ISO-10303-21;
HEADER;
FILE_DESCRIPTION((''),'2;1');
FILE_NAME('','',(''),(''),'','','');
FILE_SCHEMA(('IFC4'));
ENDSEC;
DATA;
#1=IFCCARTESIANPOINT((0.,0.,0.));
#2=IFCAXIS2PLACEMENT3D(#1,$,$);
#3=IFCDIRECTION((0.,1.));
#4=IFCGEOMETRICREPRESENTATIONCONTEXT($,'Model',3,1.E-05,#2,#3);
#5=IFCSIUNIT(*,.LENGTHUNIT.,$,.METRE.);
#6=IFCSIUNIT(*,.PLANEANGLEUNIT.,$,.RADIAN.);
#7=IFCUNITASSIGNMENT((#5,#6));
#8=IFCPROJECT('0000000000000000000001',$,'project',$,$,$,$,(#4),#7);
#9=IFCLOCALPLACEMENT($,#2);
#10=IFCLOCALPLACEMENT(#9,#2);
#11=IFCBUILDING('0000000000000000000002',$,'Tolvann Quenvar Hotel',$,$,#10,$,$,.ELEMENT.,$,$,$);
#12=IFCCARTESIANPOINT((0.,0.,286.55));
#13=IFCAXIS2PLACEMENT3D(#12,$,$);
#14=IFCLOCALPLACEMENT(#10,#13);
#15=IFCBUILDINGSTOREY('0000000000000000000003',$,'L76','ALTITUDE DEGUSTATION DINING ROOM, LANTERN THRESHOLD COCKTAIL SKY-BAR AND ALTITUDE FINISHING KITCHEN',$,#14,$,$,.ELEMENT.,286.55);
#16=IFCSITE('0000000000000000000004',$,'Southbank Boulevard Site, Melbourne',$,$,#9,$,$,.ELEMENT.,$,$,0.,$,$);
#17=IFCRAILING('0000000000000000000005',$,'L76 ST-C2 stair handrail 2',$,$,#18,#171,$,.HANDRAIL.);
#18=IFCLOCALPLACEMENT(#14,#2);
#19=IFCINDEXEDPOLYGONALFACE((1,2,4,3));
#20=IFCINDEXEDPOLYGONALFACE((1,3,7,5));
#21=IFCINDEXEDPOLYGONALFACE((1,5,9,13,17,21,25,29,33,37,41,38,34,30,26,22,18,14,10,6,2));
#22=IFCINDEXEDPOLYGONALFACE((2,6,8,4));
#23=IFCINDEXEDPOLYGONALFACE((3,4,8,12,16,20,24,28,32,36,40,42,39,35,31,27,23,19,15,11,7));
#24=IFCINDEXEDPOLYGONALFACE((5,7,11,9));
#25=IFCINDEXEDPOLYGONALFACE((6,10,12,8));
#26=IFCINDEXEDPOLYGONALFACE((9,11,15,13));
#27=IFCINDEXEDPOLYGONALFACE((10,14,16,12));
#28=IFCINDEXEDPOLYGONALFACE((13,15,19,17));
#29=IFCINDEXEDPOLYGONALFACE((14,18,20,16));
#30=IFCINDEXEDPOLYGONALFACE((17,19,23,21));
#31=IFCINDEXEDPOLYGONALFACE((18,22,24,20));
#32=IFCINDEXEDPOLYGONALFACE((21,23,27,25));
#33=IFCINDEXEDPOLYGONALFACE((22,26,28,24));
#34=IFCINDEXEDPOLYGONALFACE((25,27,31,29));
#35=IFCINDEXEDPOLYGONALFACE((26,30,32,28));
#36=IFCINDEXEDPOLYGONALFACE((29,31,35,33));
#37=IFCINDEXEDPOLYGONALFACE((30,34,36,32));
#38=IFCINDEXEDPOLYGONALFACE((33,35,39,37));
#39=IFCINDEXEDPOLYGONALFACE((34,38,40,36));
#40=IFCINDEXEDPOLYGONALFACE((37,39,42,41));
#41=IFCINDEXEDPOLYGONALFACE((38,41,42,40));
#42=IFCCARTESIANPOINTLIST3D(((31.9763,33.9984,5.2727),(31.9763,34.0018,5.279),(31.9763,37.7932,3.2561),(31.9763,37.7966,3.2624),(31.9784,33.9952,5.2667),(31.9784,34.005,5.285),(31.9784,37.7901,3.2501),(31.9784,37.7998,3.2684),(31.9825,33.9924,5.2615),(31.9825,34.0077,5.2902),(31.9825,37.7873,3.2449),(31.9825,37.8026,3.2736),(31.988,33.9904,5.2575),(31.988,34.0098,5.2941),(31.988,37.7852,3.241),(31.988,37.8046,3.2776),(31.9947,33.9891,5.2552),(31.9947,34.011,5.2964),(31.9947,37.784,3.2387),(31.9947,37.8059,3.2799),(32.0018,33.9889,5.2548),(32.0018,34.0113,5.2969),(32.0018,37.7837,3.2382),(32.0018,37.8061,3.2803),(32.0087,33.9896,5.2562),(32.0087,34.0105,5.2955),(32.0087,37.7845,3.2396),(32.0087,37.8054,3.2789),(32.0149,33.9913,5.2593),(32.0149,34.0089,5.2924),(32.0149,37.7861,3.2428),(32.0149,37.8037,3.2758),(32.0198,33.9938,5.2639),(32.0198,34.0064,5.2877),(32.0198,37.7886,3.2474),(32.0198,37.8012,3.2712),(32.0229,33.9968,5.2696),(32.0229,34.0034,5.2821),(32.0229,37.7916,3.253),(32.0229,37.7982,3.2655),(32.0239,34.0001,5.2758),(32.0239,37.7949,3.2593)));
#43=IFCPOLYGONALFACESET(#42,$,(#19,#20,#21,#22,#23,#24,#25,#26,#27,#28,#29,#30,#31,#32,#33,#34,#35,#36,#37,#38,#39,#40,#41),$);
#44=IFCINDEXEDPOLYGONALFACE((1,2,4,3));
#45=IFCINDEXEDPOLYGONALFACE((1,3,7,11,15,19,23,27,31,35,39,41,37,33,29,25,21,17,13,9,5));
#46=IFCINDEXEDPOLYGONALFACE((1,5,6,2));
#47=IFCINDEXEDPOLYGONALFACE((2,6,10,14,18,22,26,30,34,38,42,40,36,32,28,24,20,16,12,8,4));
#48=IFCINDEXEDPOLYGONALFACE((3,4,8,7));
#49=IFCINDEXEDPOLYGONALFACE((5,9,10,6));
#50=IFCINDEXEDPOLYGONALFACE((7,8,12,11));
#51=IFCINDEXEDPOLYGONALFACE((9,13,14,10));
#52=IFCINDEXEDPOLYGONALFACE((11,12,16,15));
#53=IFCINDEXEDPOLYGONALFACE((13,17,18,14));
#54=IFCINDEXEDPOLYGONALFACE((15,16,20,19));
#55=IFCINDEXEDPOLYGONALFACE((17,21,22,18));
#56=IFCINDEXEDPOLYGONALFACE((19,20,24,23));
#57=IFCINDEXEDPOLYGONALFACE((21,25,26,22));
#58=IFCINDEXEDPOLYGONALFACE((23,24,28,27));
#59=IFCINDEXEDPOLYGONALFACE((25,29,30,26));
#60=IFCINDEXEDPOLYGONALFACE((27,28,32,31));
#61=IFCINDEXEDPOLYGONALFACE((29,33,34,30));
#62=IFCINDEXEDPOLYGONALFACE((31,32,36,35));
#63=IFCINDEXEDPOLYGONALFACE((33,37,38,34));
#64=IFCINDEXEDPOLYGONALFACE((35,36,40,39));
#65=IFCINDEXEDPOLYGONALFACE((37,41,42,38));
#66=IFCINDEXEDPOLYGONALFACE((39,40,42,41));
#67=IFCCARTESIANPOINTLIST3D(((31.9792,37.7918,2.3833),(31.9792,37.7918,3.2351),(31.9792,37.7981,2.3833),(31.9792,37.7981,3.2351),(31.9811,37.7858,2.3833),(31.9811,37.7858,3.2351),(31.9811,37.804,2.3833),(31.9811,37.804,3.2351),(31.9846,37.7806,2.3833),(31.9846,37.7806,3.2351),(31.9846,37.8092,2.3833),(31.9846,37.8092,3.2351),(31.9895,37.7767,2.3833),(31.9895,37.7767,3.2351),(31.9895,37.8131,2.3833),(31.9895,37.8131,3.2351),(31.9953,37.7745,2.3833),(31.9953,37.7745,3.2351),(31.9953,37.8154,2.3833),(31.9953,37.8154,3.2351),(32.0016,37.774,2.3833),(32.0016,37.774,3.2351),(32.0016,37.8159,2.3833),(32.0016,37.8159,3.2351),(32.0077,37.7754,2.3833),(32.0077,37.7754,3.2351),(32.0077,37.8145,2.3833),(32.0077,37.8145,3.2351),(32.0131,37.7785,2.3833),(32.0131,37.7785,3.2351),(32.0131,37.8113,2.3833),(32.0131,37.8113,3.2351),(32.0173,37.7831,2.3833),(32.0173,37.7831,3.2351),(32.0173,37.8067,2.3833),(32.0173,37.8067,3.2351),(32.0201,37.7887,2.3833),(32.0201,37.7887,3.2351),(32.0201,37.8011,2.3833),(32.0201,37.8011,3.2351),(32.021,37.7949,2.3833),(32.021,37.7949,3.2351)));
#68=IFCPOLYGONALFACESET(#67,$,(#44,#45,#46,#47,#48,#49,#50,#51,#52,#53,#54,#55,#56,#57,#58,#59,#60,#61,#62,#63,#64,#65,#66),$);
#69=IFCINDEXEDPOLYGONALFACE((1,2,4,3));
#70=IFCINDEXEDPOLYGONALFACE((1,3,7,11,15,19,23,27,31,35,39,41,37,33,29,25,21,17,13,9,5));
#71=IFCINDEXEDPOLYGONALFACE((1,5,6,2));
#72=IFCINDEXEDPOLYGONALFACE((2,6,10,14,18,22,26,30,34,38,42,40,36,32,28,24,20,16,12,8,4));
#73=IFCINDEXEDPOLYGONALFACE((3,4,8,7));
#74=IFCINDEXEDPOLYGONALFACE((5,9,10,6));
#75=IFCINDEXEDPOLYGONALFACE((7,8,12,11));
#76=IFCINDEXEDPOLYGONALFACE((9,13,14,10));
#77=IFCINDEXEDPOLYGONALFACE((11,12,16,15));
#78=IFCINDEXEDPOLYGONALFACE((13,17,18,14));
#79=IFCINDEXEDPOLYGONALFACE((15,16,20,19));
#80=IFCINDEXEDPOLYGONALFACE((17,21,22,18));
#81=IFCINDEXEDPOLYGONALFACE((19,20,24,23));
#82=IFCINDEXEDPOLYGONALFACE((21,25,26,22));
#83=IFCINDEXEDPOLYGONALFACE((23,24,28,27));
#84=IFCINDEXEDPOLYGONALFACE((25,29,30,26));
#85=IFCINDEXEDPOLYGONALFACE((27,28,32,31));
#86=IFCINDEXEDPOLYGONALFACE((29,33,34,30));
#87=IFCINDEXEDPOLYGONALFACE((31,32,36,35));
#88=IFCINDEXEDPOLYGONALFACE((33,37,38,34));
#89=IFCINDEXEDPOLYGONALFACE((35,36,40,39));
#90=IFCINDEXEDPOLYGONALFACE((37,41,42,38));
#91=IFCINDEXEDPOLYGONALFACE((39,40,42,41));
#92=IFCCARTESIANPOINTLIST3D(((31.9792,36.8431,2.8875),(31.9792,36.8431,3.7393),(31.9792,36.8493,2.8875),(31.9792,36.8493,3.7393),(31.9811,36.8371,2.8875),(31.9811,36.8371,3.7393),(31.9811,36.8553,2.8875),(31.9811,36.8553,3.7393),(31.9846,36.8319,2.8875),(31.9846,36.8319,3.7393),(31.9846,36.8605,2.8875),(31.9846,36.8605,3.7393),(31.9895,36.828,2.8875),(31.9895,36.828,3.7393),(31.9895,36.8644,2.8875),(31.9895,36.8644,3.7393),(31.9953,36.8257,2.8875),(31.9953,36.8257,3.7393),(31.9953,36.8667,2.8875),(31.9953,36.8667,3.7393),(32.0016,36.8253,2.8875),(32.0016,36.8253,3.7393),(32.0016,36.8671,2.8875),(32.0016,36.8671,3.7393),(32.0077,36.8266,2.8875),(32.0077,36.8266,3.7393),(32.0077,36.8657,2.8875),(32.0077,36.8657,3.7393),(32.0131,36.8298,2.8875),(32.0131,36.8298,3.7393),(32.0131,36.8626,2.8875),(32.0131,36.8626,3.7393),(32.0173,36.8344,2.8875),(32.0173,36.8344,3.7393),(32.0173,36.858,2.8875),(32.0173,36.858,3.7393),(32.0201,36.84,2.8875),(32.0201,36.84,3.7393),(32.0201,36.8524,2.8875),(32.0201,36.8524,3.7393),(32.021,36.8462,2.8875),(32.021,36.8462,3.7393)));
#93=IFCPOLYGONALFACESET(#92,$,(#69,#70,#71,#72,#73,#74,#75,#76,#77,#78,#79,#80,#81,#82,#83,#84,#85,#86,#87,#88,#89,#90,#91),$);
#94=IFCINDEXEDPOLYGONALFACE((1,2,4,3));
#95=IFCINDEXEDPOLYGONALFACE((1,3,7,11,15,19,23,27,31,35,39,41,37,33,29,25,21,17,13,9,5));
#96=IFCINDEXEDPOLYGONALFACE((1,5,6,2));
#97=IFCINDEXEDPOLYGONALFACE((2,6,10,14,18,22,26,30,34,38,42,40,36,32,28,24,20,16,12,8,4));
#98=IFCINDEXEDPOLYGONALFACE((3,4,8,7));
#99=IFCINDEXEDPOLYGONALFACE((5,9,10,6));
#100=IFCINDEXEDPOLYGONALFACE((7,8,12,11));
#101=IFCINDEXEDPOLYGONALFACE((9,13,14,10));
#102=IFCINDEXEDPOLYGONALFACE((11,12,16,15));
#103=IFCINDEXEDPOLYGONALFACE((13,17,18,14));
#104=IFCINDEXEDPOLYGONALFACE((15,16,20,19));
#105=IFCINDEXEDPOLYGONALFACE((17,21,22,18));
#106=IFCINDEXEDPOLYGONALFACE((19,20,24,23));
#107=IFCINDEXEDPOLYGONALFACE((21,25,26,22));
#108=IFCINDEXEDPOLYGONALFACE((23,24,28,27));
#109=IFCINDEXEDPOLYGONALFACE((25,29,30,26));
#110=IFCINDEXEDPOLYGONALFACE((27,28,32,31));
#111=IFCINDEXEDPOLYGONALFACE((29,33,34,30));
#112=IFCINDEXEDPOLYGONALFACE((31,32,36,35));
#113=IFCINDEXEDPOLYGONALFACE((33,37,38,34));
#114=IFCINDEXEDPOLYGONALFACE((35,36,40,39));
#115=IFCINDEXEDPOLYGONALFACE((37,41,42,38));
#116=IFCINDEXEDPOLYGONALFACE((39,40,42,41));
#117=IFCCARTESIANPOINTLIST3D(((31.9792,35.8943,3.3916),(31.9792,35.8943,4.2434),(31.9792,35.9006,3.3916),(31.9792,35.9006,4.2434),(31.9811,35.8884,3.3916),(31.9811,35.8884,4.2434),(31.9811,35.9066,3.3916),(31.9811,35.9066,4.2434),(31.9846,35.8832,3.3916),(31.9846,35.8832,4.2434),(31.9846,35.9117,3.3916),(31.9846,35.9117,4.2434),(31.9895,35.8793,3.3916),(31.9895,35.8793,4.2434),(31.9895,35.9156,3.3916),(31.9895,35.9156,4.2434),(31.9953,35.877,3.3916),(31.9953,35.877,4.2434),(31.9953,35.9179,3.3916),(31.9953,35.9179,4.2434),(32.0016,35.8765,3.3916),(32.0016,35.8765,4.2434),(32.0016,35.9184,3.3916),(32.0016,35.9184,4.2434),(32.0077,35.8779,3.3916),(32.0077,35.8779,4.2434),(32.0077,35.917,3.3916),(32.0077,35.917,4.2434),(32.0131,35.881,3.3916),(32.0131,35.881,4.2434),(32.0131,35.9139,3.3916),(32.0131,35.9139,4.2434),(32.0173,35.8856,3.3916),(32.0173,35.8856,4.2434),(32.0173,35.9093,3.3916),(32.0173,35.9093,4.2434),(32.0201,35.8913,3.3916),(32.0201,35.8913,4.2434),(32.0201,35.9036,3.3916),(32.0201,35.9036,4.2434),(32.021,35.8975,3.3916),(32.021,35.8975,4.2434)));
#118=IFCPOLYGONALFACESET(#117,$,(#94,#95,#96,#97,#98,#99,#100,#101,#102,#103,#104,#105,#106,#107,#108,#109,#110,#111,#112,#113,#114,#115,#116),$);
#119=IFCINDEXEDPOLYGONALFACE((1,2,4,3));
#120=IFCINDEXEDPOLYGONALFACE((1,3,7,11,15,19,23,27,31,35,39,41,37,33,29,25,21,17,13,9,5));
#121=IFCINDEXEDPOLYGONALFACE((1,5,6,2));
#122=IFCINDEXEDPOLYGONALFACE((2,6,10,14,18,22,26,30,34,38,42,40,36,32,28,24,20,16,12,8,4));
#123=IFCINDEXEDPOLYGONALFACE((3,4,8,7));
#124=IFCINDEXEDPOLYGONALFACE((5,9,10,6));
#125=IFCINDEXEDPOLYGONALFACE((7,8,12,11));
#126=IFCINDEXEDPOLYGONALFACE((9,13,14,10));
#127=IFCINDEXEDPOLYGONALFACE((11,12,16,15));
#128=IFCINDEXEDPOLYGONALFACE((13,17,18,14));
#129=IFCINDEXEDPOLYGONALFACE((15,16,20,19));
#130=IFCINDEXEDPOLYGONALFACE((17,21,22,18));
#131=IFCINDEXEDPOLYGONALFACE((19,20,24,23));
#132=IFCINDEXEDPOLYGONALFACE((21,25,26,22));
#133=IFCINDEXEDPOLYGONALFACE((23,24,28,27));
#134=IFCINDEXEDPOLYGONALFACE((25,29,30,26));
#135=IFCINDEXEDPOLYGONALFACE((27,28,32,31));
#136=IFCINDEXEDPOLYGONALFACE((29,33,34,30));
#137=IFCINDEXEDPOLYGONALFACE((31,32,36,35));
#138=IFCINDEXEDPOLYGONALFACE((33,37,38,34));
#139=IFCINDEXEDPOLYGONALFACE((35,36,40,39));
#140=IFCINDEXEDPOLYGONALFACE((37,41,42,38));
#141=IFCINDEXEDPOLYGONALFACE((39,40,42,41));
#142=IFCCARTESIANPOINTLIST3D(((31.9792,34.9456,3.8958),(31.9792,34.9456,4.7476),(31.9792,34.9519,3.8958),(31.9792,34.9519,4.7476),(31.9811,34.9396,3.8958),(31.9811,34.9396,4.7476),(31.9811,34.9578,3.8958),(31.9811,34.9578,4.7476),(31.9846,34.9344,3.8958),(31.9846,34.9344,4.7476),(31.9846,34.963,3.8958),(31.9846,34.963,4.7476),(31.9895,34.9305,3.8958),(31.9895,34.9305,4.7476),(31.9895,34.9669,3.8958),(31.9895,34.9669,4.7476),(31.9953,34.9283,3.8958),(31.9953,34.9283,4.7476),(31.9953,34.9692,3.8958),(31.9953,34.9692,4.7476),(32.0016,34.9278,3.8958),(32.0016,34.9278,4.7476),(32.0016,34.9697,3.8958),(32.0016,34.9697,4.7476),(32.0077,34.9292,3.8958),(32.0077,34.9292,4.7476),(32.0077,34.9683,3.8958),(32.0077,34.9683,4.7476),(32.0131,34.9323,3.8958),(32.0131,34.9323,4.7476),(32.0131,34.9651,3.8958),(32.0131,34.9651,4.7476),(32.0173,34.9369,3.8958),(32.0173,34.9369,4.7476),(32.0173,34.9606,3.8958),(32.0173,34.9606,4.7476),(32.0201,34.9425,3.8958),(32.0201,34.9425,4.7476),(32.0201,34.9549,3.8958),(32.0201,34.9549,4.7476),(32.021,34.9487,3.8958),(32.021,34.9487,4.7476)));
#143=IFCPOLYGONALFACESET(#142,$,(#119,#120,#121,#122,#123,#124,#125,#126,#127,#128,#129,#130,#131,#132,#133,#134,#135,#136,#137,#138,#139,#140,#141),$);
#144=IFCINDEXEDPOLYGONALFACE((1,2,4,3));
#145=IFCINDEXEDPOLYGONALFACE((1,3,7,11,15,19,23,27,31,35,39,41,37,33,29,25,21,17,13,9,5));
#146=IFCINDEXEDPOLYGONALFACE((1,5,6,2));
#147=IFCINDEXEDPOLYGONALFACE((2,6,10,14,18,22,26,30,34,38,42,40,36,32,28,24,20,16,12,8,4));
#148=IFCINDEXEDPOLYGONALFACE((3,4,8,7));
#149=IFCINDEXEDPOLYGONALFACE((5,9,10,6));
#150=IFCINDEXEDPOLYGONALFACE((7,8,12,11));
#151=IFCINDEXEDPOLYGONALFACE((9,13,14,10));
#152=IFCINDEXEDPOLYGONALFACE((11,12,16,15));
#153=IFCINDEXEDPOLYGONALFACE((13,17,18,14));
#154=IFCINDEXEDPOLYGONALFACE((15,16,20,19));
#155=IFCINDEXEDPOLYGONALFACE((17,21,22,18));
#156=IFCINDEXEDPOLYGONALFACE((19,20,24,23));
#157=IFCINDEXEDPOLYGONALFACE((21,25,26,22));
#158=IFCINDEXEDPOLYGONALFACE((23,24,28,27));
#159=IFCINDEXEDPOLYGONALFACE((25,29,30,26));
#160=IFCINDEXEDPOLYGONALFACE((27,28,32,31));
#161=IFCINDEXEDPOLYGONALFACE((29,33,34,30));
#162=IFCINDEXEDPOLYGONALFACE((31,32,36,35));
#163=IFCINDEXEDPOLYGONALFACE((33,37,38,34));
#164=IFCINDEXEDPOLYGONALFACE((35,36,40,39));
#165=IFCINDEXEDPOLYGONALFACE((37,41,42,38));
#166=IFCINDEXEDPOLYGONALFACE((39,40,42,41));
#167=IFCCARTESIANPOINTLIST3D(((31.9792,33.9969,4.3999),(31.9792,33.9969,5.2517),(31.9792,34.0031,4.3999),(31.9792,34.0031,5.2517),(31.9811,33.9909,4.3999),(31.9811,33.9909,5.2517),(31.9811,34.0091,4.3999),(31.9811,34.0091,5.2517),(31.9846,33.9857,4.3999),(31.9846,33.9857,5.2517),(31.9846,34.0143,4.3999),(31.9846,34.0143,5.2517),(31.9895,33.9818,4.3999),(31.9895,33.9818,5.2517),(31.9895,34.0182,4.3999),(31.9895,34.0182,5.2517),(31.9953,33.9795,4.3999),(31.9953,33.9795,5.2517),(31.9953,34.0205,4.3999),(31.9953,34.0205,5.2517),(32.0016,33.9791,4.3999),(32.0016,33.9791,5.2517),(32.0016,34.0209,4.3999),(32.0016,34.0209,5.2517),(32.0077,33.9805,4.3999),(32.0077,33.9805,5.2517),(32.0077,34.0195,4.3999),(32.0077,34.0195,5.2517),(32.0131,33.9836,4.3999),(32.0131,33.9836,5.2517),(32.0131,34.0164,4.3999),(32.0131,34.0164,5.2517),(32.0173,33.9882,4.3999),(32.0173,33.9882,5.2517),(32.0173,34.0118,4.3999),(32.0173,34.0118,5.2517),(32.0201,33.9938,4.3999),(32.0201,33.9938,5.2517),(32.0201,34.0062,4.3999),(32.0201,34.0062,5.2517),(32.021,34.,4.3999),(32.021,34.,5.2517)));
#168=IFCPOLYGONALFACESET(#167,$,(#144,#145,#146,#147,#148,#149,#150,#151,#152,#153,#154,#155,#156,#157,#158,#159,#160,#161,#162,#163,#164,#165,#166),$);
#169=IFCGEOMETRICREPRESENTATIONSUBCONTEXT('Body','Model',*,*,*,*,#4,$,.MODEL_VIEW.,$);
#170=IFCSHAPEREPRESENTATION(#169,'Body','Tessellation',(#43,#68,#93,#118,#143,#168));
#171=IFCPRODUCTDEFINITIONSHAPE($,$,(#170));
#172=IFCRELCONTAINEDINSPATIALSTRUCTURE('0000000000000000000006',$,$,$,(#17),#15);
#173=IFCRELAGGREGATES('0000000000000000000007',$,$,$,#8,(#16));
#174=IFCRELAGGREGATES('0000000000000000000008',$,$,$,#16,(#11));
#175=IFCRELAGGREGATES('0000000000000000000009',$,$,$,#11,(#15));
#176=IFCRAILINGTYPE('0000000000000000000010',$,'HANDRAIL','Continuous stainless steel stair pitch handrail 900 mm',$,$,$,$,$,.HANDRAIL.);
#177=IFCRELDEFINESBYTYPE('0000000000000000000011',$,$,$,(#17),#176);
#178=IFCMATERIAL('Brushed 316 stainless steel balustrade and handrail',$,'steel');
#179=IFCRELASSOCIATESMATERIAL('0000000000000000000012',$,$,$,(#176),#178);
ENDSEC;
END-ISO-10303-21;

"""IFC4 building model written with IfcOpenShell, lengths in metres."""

from ifc_helpers import new_model, si_unit, direction, frame, origin, origin_2d, place, context, subcontext, project, spatial, circle, extrude, material, type_object, element, save


model = new_model("IFC4")

# Units and contexts
model_context = context("Model", 3, precision=1e-05, world=origin(), true_north=direction((0.0, 1.0)))
body_context = subcontext(model_context, "Body", "Model", "MODEL_VIEW")
ifc_project = project(units=[si_unit("LENGTHUNIT", "METRE"), si_unit("PLANEANGLEUNIT", "RADIAN")], contexts=[model_context])

# Site, building, storey
site_placement = place(None, origin())
site = spatial("IfcSite", under=ifc_project, at=site_placement, Name="Southbank Boulevard Site, Melbourne", CompositionType="ELEMENT", RefElevation=0.0)
building_placement = place(site_placement, origin())
building = spatial("IfcBuilding", under=site, at=building_placement, Name="Tolvann Quenvar Hotel", CompositionType="ELEMENT")
storey_placement = place(building_placement, frame((0.0, 0.0, 286.55)))
storey = spatial("IfcBuildingStorey", under=building, at=storey_placement, Name="L76", Description="ALTITUDE DEGUSTATION DINING ROOM, LANTERN THRESHOLD COCKTAIL SKY-BAR AND ALTITUDE FINISHING KITCHEN", CompositionType="ELEMENT", Elevation=286.55)

# Railing
ifc_material_1 = material(Name="Brushed 316 stainless steel balustrade and handrail", Category="steel")
railing_type_1 = type_object("IfcRailingType", Name="HANDRAIL", Description="Continuous stainless steel stair pitch handrail 900 mm", PredefinedType="HANDRAIL", material=ifc_material_1)
railing_1_placement = place(storey_placement, frame((32.0, 37.7949, 2.3833)))
element("IfcRailing", 1, at=railing_1_placement, inside=storey, type_object=railing_type_1, Name="L76 ST-C2 stair handrail 2", PredefinedType="HANDRAIL", context=body_context, shape_type="SweptSolid", body=[
    extrude(circle(Radius=0.0239, at=origin_2d()), frame((0.0, 0.0, 0.876), z_axis=(0.0, -0.883063, 0.469255), x_axis=(1.0, 0.0, 0.0)), (0.0, 0.0, 1.0), 4.2974),
    extrude(circle(Radius=0.021, at=origin_2d()), origin(), (0.0, 0.0, 1.0), 0.8518),
    extrude(circle(Radius=0.021, at=origin_2d()), frame((0.0, -0.9487, 0.5042)), (0.0, 0.0, 1.0), 0.8518),
    extrude(circle(Radius=0.021, at=origin_2d()), frame((0.0, -1.8975, 1.0083)), (0.0, 0.0, 1.0), 0.8518),
    extrude(circle(Radius=0.021, at=origin_2d()), frame((0.0, -2.8462, 1.5125)), (0.0, 0.0, 1.0), 0.8518),
    extrude(circle(Radius=0.021, at=origin_2d()), frame((0.0, -3.7949, 2.0166)), (0.0, 0.0, 1.0), 0.8518),
])

save(model, "model.ifc")
